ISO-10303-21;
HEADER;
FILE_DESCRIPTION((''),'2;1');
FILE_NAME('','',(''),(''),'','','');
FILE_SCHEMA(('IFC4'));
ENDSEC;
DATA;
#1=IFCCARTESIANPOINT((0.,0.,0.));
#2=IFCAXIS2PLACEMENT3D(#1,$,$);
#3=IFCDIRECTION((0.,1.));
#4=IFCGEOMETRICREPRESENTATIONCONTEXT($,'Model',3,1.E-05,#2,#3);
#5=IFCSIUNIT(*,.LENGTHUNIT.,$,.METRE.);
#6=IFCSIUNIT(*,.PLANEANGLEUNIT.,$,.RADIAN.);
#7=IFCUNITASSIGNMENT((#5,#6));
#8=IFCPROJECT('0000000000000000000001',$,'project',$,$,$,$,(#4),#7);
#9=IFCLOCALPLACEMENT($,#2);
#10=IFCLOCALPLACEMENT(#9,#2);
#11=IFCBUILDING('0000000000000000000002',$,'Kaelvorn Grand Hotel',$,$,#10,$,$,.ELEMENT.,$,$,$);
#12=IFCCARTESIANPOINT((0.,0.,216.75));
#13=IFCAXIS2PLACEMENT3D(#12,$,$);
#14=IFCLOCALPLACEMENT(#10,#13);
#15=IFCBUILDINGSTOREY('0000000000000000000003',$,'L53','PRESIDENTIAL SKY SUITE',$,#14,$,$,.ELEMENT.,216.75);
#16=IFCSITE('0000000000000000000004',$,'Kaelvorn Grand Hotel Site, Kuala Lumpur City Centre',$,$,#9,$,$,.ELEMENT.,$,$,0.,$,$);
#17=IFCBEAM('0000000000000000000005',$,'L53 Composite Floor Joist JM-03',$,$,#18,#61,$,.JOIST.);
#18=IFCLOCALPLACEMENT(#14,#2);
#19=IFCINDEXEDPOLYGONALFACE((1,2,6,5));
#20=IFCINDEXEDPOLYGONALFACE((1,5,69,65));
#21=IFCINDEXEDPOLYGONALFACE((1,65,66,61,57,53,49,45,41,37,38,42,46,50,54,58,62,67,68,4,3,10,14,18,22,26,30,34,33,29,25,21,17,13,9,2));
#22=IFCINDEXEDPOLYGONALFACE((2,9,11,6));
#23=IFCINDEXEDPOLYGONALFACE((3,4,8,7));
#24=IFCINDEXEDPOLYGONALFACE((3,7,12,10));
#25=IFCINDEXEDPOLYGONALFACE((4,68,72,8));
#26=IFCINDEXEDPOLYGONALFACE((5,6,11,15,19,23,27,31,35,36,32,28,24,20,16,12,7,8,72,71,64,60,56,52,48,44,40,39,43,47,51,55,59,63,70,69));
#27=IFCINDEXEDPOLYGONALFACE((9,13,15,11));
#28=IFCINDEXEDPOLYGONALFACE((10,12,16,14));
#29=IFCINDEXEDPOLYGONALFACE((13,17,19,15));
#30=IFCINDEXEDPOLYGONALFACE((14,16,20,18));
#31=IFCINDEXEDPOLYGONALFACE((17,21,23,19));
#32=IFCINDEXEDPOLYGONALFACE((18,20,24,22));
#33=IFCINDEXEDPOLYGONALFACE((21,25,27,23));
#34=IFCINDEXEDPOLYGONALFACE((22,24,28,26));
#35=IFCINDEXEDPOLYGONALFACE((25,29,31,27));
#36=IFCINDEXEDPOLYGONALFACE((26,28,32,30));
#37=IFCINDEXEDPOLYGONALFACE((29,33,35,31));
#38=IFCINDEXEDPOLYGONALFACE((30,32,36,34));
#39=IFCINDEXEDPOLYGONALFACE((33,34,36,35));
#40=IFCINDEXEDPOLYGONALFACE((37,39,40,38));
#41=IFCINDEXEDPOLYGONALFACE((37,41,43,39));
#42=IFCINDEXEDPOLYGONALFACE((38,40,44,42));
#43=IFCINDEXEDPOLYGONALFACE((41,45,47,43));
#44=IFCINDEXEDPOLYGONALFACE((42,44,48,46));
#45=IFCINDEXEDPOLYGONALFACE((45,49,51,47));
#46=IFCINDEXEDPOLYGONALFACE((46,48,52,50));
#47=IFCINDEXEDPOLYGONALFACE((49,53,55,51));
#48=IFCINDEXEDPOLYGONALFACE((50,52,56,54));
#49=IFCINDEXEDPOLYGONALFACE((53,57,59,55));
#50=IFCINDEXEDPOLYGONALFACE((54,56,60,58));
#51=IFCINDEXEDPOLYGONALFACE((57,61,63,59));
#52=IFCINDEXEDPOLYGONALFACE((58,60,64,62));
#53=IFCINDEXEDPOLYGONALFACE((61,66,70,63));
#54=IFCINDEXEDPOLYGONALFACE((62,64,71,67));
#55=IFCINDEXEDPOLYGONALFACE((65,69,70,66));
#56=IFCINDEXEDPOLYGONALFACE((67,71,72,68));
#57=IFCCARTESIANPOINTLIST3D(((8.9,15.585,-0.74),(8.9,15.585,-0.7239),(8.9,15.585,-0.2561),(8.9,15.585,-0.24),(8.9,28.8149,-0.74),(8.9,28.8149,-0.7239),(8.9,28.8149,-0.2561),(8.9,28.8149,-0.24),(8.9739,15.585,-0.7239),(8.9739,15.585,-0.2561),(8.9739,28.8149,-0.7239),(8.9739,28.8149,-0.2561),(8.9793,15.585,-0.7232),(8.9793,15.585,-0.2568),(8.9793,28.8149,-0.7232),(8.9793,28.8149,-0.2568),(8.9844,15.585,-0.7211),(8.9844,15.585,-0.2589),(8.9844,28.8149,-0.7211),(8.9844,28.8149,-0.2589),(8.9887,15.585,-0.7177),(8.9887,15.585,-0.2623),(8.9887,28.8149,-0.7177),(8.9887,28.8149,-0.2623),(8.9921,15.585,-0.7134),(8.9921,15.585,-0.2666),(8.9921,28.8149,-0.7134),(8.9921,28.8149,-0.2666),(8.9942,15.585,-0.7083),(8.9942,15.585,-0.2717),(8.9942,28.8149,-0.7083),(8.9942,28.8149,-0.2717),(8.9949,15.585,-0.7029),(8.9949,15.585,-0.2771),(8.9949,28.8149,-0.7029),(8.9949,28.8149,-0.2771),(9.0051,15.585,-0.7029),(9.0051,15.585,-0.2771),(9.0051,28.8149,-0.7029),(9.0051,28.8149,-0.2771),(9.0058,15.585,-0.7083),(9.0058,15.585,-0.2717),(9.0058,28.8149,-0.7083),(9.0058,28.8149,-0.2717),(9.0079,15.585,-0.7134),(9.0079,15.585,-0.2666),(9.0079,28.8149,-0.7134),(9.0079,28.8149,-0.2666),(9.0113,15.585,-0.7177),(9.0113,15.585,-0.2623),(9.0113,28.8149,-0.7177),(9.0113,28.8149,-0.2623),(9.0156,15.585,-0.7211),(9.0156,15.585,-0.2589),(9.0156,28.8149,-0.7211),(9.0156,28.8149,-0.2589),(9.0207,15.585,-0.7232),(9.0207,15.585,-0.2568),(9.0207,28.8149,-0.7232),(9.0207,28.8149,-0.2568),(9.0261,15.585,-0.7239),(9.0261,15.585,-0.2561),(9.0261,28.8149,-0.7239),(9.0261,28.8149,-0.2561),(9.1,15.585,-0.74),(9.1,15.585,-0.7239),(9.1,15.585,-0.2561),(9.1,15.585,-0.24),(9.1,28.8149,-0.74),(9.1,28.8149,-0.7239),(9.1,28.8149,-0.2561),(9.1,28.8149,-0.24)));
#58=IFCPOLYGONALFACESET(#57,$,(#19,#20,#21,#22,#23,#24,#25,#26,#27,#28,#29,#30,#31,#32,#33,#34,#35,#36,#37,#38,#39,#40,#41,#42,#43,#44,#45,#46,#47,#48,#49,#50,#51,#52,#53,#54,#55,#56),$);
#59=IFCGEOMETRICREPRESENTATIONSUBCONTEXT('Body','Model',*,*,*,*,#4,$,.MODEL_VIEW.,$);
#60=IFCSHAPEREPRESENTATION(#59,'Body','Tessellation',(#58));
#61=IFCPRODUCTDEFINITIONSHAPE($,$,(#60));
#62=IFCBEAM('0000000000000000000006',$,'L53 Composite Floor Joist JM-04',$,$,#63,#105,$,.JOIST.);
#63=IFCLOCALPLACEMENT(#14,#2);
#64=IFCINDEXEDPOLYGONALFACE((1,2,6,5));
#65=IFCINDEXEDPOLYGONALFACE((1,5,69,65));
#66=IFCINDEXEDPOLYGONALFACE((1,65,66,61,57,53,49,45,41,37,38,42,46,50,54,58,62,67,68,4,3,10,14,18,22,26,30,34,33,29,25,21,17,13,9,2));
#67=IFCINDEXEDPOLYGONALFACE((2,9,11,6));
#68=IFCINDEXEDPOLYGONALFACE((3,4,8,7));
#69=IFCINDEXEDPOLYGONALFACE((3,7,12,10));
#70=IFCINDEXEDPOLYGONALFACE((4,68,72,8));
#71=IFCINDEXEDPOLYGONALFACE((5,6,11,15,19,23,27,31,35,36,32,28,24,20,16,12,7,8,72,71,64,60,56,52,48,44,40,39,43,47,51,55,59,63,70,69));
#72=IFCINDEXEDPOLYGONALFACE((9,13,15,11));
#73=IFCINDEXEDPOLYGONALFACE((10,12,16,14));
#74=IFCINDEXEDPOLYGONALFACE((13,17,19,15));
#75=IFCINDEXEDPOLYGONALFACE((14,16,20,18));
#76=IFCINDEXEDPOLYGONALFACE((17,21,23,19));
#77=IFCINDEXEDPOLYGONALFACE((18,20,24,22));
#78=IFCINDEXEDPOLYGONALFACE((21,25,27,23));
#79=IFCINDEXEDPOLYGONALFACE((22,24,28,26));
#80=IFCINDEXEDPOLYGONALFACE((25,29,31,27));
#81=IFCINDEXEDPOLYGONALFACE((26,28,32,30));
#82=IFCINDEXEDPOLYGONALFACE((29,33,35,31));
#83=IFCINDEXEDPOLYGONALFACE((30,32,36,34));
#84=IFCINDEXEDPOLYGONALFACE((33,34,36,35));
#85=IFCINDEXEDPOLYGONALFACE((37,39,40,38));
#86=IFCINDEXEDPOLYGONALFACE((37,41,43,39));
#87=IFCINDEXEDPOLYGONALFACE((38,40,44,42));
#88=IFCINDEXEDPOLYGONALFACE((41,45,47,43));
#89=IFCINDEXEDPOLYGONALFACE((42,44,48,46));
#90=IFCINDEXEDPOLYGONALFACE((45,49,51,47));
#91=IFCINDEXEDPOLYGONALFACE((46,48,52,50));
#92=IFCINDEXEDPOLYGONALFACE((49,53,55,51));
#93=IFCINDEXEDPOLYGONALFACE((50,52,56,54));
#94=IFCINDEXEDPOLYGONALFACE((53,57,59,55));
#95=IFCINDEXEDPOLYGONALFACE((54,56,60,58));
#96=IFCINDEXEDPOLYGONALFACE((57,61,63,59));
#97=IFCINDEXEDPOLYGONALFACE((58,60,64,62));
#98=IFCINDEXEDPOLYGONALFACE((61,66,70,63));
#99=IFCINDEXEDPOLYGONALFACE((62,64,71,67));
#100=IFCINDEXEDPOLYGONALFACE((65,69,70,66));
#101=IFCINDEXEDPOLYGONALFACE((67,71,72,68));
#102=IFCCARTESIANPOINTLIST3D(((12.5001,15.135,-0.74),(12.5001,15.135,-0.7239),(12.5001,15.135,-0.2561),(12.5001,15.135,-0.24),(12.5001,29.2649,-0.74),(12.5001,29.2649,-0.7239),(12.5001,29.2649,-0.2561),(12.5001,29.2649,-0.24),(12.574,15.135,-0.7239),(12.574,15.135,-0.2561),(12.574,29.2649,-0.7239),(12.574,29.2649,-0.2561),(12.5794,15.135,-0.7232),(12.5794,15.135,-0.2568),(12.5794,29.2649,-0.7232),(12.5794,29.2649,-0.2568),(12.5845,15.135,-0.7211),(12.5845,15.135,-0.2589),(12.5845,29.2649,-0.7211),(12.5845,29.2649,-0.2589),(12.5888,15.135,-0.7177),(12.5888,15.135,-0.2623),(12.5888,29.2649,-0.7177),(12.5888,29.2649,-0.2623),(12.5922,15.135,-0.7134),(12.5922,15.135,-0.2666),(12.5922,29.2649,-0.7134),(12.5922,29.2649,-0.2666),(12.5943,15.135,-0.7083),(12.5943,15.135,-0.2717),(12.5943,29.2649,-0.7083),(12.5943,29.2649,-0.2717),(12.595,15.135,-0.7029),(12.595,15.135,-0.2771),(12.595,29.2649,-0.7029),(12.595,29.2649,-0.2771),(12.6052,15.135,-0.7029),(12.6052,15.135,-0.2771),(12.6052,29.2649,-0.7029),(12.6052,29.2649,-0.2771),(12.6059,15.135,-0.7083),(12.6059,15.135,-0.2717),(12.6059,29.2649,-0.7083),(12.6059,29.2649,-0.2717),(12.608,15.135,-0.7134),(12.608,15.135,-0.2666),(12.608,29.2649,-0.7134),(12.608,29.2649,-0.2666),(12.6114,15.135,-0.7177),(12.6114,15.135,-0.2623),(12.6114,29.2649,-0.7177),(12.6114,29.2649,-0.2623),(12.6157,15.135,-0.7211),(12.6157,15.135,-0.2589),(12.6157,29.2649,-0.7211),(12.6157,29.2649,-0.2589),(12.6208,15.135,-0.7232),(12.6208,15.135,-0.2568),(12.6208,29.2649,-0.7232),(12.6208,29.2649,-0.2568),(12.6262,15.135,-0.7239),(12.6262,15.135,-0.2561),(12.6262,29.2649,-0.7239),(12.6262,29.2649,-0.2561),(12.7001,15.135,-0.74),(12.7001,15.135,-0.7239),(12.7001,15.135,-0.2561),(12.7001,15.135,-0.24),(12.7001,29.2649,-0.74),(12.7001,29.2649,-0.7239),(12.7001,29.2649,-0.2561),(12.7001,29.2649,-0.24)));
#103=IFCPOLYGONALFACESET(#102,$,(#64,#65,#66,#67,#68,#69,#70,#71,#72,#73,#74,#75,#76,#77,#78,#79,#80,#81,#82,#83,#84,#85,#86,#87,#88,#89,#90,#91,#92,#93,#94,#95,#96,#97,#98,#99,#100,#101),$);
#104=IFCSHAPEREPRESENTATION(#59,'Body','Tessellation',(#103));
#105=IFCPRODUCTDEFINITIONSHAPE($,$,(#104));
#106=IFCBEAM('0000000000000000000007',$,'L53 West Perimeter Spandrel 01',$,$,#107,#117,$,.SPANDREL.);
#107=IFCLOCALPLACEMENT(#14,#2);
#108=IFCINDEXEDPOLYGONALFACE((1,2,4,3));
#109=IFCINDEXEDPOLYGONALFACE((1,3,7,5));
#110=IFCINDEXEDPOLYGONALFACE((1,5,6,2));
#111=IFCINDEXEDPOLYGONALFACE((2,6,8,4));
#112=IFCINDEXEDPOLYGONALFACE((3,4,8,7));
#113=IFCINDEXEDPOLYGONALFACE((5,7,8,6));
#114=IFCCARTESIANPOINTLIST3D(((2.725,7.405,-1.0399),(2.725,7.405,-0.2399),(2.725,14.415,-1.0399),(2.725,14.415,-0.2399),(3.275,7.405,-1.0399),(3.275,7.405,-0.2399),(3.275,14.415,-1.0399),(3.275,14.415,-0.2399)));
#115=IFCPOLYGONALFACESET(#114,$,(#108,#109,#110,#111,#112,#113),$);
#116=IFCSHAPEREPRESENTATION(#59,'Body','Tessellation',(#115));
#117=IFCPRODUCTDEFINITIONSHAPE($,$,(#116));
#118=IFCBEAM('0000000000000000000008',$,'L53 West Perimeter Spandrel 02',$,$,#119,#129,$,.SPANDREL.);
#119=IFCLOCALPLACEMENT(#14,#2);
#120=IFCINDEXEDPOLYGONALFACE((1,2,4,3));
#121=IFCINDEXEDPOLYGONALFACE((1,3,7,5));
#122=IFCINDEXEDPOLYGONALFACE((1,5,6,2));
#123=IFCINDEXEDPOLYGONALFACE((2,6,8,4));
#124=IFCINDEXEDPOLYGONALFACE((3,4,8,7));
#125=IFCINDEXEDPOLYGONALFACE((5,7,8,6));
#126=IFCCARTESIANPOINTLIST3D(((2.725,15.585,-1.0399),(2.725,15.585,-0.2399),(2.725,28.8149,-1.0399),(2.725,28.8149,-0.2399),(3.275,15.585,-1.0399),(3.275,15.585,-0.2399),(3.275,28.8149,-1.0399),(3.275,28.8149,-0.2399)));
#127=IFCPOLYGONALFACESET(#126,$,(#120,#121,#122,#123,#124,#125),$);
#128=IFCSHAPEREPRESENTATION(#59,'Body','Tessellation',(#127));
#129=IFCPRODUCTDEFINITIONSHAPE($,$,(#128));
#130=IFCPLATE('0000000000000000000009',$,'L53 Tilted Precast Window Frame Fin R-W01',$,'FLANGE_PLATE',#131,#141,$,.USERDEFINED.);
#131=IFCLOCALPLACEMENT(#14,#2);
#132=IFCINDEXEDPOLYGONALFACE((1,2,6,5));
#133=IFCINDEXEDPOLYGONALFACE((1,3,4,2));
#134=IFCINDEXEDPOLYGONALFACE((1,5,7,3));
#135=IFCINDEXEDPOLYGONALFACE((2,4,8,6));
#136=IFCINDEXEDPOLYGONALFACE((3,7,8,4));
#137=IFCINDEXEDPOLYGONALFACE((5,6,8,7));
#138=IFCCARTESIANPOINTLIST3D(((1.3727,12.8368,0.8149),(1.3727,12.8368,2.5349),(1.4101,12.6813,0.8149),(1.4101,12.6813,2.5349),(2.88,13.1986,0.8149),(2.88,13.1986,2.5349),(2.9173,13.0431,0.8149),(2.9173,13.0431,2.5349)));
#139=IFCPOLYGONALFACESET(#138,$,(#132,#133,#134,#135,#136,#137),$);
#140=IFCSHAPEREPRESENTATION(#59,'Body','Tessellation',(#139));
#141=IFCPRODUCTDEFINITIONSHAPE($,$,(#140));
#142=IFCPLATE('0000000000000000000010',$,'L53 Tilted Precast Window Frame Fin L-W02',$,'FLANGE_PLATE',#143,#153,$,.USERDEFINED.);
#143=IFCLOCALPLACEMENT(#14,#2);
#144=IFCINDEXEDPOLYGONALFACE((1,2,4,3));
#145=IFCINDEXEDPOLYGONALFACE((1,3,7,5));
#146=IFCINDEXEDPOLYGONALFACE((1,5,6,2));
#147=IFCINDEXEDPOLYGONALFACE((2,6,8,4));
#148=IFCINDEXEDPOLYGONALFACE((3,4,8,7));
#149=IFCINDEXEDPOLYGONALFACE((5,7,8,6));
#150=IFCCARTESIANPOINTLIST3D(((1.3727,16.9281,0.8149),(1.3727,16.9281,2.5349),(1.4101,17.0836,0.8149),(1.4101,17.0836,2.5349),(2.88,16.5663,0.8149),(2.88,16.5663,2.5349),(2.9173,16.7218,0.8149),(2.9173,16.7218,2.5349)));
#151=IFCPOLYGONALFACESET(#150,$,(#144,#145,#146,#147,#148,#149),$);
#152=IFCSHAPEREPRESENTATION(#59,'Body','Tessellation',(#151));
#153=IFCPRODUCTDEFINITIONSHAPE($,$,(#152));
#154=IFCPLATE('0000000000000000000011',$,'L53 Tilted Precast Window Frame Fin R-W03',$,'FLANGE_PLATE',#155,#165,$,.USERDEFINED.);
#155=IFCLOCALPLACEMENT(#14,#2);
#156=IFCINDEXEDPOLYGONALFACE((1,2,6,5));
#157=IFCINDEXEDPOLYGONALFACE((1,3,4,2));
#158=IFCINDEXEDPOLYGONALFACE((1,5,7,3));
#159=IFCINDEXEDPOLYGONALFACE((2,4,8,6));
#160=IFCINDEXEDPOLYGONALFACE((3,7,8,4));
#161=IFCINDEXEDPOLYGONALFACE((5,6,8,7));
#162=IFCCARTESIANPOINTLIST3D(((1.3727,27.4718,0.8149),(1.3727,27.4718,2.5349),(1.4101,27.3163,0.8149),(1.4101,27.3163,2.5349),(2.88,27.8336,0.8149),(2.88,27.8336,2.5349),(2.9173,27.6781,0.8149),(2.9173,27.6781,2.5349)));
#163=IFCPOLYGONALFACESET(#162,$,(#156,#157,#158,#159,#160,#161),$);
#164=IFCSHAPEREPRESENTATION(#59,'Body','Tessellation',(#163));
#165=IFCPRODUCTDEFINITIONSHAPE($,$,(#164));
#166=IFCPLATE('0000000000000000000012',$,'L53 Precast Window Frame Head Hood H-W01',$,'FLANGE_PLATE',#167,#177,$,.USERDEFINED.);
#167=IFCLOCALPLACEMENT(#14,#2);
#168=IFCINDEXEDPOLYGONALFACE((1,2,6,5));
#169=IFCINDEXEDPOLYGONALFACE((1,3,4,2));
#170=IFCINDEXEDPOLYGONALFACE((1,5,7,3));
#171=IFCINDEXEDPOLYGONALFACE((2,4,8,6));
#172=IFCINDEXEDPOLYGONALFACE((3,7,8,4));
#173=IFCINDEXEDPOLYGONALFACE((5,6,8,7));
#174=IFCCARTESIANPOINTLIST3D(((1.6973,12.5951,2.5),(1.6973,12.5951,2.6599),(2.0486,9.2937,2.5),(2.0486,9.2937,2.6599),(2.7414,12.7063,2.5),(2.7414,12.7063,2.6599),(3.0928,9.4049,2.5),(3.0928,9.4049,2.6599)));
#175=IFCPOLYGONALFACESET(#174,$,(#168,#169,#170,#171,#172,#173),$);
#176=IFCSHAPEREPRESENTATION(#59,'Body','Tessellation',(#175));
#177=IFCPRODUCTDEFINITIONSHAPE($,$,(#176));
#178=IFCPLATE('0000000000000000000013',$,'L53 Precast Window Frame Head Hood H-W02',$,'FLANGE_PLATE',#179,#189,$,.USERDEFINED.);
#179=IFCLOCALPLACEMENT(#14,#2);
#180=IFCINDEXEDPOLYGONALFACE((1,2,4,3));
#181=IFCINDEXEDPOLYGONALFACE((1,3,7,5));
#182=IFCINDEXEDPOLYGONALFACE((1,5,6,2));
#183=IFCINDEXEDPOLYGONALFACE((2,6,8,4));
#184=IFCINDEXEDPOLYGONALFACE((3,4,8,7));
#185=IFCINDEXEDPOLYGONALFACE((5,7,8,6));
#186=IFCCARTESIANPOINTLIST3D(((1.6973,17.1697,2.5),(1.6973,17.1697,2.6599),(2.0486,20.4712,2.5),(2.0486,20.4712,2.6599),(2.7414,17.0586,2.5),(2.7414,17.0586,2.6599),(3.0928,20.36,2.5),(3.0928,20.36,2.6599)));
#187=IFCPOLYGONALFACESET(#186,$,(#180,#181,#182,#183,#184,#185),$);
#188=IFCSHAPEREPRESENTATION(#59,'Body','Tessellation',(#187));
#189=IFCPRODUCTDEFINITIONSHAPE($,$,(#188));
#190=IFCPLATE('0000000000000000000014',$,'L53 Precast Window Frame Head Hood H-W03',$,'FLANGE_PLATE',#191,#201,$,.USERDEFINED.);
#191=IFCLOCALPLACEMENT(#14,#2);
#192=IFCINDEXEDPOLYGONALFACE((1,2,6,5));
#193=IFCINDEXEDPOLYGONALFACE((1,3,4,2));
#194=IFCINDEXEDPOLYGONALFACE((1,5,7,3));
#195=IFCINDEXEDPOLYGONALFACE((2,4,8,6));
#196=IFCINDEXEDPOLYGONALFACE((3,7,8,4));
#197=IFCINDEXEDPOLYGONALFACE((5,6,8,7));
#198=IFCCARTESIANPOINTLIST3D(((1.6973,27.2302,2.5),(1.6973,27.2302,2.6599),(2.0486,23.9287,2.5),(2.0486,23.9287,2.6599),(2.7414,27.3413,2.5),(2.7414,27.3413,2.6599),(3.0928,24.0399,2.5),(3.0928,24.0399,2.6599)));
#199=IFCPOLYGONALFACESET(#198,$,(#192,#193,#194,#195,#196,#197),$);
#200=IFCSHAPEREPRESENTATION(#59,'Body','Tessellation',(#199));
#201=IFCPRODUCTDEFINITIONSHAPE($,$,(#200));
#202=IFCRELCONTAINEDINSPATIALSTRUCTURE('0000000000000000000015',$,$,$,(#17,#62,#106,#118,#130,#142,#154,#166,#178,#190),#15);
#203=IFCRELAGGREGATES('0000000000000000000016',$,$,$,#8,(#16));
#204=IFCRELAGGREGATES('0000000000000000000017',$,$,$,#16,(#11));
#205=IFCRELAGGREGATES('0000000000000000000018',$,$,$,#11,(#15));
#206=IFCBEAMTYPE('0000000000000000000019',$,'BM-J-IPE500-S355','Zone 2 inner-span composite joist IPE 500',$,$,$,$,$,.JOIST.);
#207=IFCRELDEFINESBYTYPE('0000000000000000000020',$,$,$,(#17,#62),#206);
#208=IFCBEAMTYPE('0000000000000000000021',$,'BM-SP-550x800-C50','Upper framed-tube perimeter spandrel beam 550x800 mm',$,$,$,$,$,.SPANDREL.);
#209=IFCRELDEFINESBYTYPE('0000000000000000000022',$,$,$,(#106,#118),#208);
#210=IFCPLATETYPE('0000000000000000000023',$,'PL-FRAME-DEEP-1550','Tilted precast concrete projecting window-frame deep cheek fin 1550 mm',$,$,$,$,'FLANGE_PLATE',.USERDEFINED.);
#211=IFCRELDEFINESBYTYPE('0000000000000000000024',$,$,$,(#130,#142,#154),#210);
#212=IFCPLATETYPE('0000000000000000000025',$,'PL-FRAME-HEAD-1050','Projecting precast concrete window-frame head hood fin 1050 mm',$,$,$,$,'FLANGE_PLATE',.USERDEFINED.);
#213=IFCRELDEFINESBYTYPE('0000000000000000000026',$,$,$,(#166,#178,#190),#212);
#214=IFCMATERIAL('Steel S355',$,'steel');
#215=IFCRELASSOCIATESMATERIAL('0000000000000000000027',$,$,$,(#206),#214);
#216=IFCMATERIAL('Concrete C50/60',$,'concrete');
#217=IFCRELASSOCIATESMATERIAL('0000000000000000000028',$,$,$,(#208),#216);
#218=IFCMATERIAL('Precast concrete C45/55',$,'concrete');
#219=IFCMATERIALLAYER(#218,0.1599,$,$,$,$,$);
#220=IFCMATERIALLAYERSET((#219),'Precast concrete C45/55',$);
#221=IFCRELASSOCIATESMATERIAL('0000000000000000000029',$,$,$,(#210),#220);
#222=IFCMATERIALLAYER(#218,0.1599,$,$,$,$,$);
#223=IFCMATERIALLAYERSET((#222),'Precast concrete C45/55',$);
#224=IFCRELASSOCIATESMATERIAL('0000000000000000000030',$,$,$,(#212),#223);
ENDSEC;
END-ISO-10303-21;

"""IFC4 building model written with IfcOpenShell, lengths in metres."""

from ifc_helpers import new_model, si_unit, direction, frame, origin, origin_2d, place, context, subcontext, project, spatial, rectangle, i_section, extrude, material, layer, layer_set, material_profile, profile_set, type_object, element, save


model = new_model("IFC4")

# Units and contexts
model_context = context("Model", 3, precision=1e-05, world=origin(), true_north=direction((0.0, 1.0)))
body_context = subcontext(model_context, "Body", "Model", "MODEL_VIEW")
ifc_project = project(units=[si_unit("LENGTHUNIT", "METRE"), si_unit("PLANEANGLEUNIT", "RADIAN")], contexts=[model_context])

# Site, building, storey
site_placement = place(None, origin())
site = spatial("IfcSite", under=ifc_project, at=site_placement, Name="Kaelvorn Grand Hotel Site, Kuala Lumpur City Centre", CompositionType="ELEMENT", RefElevation=0.0)
building_placement = place(site_placement, origin())
building = spatial("IfcBuilding", under=site, at=building_placement, Name="Kaelvorn Grand Hotel", CompositionType="ELEMENT")
storey_placement = place(building_placement, frame((0.0, 0.0, 216.75)))
storey = spatial("IfcBuildingStorey", under=building, at=storey_placement, Name="L53", Description="PRESIDENTIAL SKY SUITE", CompositionType="ELEMENT", Elevation=216.75)

# Beams
ifc_material_1 = material(Name="Steel S355", Category="steel")
ifc_material_profile_1 = material_profile(ifc_material_1, i_section(OverallWidth=0.2, OverallDepth=0.5, WebThickness=0.0103, FlangeThickness=0.0161, FilletRadius=0.021, at=origin_2d()), Name="IPE 500")
ifc_profile_set_1 = profile_set([ifc_material_profile_1], Name="Steel S355")
beam_type_1 = type_object("IfcBeamType", Name="BM-J-IPE500-S355", Description="Zone 2 inner-span composite joist IPE 500", PredefinedType="JOIST", material=ifc_profile_set_1)
beam_1_placement = place(storey_placement, frame((9.0, 15.585, -0.49), z_axis=(0.0, 1.0, 0.0), x_axis=(-1.0, 0.0, 0.0)))
element("IfcBeam", 1, at=beam_1_placement, inside=storey, type_object=beam_type_1, Name="L53 Composite Floor Joist JM-03", PredefinedType="JOIST", context=body_context, shape_type="SweptSolid", body=[
    extrude(i_section(OverallWidth=0.2, OverallDepth=0.5, WebThickness=0.0103, FlangeThickness=0.0161, FilletRadius=0.021, at=origin_2d()), origin(), (0.0, 0.0, 1.0), 13.23),
])
beam_2_placement = place(storey_placement, frame((12.6001, 15.135, -0.49), z_axis=(0.0, 1.0, 0.0), x_axis=(-1.0, 0.0, 0.0)))
element("IfcBeam", 2, at=beam_2_placement, inside=storey, type_object=beam_type_1, Name="L53 Composite Floor Joist JM-04", PredefinedType="JOIST", context=body_context, shape_type="SweptSolid", body=[
    extrude(i_section(OverallWidth=0.2, OverallDepth=0.5, WebThickness=0.0103, FlangeThickness=0.0161, FilletRadius=0.021, at=origin_2d()), origin(), (0.0, 0.0, 1.0), 14.1299),
])
ifc_material_2 = material(Name="Concrete C50/60", Category="concrete")
ifc_material_profile_2 = material_profile(ifc_material_2, rectangle(XDim=0.55, YDim=0.8, at=origin_2d()), Name="RC SPANDREL 550x800")
ifc_profile_set_2 = profile_set([ifc_material_profile_2], Name="Concrete C50/60")
beam_type_2 = type_object("IfcBeamType", Name="BM-SP-550x800-C50", Description="Upper framed-tube perimeter spandrel beam 550x800 mm", PredefinedType="SPANDREL", material=ifc_profile_set_2)
beam_3_placement = place(storey_placement, frame((3.0, 7.405, -0.6399), z_axis=(0.0, 1.0, 0.0), x_axis=(-1.0, 0.0, 0.0)))
element("IfcBeam", 3, at=beam_3_placement, inside=storey, type_object=beam_type_2, Name="L53 West Perimeter Spandrel 01", PredefinedType="SPANDREL", context=body_context, shape_type="SweptSolid", body=[
    extrude(rectangle(XDim=0.55, YDim=0.8, at=origin_2d()), origin(), (0.0, 0.0, 1.0), 7.01),
])
beam_4_placement = place(storey_placement, frame((3.0, 15.585, -0.6399), z_axis=(0.0, 1.0, 0.0), x_axis=(-1.0, 0.0, 0.0)))
element("IfcBeam", 4, at=beam_4_placement, inside=storey, type_object=beam_type_2, Name="L53 West Perimeter Spandrel 02", PredefinedType="SPANDREL", context=body_context, shape_type="SweptSolid", body=[
    extrude(rectangle(XDim=0.55, YDim=0.8, at=origin_2d()), origin(), (0.0, 0.0, 1.0), 13.23),
])

# Plates
ifc_material_3 = material(Name="Precast concrete C45/55", Category="concrete")
ifc_layer_1 = layer(ifc_material_3, 0.1599)
ifc_layer_set_1 = layer_set([ifc_layer_1], Name="Precast concrete C45/55")
plate_type_1 = type_object("IfcPlateType", Name="PL-FRAME-DEEP-1550", Description="Tilted precast concrete projecting window-frame deep cheek fin 1550 mm", ElementType="FLANGE_PLATE", PredefinedType="USERDEFINED", material=ifc_layer_set_1)
for number, where, z_axis, x_axis, name in (
    (5, (2.145, 12.9399, 0.8149), (0.0, 0.0, 1.0), (-0.233445, 0.97237, 0.0), "L53 Tilted Precast Window Frame Fin R-W01"),
    (6, (2.145, 16.825, 0.8149), (0.0, 0.0, 1.0), (0.233445, 0.97237, 0.0), "L53 Tilted Precast Window Frame Fin L-W02"),
    (7, (2.145, 27.575, 0.8149), (0.0, 0.0, 1.0), (-0.233445, 0.97237, 0.0), "L53 Tilted Precast Window Frame Fin R-W03"),
):
    element("IfcPlate", number, at=place(storey_placement, frame(where, z_axis=z_axis, x_axis=x_axis)), inside=storey, type_object=plate_type_1, Name=name, ObjectType="FLANGE_PLATE", PredefinedType="USERDEFINED", context=body_context, shape_type="SweptSolid", body=[
        extrude(rectangle(XDim=0.1599, YDim=1.55, at=origin_2d()), origin(), (0.0, 0.0, 1.0), 1.72),
    ])
ifc_layer_2 = layer(ifc_material_3, 0.1599)
ifc_layer_set_2 = layer_set([ifc_layer_2], Name="Precast concrete C45/55")
plate_type_2 = type_object("IfcPlateType", Name="PL-FRAME-HEAD-1050", Description="Projecting precast concrete window-frame head hood fin 1050 mm", ElementType="FLANGE_PLATE", PredefinedType="USERDEFINED", material=ifc_layer_set_2)
for number, where, z_axis, x_axis, name in (
    (8, (2.395, 11.0, 2.5), (0.0, 0.0, 1.0), (-0.10583, 0.994384, 0.0), "L53 Precast Window Frame Head Hood H-W01"),
    (9, (2.395, 18.7649, 2.5), (0.0, 0.0, 1.0), (0.10583, 0.994384, 0.0), "L53 Precast Window Frame Head Hood H-W02"),
    (10, (2.395, 25.635, 2.5), (0.0, 0.0, 1.0), (-0.10583, 0.994384, 0.0), "L53 Precast Window Frame Head Hood H-W03"),
):
    element("IfcPlate", number, at=place(storey_placement, frame(where, z_axis=z_axis, x_axis=x_axis)), inside=storey, type_object=plate_type_2, Name=name, ObjectType="FLANGE_PLATE", PredefinedType="USERDEFINED", context=body_context, shape_type="SweptSolid", body=[
        extrude(rectangle(XDim=3.3201, YDim=1.05, at=origin_2d()), origin(), (0.0, 0.0, 1.0), 0.1599),
    ])

save(model, "model.ifc")
